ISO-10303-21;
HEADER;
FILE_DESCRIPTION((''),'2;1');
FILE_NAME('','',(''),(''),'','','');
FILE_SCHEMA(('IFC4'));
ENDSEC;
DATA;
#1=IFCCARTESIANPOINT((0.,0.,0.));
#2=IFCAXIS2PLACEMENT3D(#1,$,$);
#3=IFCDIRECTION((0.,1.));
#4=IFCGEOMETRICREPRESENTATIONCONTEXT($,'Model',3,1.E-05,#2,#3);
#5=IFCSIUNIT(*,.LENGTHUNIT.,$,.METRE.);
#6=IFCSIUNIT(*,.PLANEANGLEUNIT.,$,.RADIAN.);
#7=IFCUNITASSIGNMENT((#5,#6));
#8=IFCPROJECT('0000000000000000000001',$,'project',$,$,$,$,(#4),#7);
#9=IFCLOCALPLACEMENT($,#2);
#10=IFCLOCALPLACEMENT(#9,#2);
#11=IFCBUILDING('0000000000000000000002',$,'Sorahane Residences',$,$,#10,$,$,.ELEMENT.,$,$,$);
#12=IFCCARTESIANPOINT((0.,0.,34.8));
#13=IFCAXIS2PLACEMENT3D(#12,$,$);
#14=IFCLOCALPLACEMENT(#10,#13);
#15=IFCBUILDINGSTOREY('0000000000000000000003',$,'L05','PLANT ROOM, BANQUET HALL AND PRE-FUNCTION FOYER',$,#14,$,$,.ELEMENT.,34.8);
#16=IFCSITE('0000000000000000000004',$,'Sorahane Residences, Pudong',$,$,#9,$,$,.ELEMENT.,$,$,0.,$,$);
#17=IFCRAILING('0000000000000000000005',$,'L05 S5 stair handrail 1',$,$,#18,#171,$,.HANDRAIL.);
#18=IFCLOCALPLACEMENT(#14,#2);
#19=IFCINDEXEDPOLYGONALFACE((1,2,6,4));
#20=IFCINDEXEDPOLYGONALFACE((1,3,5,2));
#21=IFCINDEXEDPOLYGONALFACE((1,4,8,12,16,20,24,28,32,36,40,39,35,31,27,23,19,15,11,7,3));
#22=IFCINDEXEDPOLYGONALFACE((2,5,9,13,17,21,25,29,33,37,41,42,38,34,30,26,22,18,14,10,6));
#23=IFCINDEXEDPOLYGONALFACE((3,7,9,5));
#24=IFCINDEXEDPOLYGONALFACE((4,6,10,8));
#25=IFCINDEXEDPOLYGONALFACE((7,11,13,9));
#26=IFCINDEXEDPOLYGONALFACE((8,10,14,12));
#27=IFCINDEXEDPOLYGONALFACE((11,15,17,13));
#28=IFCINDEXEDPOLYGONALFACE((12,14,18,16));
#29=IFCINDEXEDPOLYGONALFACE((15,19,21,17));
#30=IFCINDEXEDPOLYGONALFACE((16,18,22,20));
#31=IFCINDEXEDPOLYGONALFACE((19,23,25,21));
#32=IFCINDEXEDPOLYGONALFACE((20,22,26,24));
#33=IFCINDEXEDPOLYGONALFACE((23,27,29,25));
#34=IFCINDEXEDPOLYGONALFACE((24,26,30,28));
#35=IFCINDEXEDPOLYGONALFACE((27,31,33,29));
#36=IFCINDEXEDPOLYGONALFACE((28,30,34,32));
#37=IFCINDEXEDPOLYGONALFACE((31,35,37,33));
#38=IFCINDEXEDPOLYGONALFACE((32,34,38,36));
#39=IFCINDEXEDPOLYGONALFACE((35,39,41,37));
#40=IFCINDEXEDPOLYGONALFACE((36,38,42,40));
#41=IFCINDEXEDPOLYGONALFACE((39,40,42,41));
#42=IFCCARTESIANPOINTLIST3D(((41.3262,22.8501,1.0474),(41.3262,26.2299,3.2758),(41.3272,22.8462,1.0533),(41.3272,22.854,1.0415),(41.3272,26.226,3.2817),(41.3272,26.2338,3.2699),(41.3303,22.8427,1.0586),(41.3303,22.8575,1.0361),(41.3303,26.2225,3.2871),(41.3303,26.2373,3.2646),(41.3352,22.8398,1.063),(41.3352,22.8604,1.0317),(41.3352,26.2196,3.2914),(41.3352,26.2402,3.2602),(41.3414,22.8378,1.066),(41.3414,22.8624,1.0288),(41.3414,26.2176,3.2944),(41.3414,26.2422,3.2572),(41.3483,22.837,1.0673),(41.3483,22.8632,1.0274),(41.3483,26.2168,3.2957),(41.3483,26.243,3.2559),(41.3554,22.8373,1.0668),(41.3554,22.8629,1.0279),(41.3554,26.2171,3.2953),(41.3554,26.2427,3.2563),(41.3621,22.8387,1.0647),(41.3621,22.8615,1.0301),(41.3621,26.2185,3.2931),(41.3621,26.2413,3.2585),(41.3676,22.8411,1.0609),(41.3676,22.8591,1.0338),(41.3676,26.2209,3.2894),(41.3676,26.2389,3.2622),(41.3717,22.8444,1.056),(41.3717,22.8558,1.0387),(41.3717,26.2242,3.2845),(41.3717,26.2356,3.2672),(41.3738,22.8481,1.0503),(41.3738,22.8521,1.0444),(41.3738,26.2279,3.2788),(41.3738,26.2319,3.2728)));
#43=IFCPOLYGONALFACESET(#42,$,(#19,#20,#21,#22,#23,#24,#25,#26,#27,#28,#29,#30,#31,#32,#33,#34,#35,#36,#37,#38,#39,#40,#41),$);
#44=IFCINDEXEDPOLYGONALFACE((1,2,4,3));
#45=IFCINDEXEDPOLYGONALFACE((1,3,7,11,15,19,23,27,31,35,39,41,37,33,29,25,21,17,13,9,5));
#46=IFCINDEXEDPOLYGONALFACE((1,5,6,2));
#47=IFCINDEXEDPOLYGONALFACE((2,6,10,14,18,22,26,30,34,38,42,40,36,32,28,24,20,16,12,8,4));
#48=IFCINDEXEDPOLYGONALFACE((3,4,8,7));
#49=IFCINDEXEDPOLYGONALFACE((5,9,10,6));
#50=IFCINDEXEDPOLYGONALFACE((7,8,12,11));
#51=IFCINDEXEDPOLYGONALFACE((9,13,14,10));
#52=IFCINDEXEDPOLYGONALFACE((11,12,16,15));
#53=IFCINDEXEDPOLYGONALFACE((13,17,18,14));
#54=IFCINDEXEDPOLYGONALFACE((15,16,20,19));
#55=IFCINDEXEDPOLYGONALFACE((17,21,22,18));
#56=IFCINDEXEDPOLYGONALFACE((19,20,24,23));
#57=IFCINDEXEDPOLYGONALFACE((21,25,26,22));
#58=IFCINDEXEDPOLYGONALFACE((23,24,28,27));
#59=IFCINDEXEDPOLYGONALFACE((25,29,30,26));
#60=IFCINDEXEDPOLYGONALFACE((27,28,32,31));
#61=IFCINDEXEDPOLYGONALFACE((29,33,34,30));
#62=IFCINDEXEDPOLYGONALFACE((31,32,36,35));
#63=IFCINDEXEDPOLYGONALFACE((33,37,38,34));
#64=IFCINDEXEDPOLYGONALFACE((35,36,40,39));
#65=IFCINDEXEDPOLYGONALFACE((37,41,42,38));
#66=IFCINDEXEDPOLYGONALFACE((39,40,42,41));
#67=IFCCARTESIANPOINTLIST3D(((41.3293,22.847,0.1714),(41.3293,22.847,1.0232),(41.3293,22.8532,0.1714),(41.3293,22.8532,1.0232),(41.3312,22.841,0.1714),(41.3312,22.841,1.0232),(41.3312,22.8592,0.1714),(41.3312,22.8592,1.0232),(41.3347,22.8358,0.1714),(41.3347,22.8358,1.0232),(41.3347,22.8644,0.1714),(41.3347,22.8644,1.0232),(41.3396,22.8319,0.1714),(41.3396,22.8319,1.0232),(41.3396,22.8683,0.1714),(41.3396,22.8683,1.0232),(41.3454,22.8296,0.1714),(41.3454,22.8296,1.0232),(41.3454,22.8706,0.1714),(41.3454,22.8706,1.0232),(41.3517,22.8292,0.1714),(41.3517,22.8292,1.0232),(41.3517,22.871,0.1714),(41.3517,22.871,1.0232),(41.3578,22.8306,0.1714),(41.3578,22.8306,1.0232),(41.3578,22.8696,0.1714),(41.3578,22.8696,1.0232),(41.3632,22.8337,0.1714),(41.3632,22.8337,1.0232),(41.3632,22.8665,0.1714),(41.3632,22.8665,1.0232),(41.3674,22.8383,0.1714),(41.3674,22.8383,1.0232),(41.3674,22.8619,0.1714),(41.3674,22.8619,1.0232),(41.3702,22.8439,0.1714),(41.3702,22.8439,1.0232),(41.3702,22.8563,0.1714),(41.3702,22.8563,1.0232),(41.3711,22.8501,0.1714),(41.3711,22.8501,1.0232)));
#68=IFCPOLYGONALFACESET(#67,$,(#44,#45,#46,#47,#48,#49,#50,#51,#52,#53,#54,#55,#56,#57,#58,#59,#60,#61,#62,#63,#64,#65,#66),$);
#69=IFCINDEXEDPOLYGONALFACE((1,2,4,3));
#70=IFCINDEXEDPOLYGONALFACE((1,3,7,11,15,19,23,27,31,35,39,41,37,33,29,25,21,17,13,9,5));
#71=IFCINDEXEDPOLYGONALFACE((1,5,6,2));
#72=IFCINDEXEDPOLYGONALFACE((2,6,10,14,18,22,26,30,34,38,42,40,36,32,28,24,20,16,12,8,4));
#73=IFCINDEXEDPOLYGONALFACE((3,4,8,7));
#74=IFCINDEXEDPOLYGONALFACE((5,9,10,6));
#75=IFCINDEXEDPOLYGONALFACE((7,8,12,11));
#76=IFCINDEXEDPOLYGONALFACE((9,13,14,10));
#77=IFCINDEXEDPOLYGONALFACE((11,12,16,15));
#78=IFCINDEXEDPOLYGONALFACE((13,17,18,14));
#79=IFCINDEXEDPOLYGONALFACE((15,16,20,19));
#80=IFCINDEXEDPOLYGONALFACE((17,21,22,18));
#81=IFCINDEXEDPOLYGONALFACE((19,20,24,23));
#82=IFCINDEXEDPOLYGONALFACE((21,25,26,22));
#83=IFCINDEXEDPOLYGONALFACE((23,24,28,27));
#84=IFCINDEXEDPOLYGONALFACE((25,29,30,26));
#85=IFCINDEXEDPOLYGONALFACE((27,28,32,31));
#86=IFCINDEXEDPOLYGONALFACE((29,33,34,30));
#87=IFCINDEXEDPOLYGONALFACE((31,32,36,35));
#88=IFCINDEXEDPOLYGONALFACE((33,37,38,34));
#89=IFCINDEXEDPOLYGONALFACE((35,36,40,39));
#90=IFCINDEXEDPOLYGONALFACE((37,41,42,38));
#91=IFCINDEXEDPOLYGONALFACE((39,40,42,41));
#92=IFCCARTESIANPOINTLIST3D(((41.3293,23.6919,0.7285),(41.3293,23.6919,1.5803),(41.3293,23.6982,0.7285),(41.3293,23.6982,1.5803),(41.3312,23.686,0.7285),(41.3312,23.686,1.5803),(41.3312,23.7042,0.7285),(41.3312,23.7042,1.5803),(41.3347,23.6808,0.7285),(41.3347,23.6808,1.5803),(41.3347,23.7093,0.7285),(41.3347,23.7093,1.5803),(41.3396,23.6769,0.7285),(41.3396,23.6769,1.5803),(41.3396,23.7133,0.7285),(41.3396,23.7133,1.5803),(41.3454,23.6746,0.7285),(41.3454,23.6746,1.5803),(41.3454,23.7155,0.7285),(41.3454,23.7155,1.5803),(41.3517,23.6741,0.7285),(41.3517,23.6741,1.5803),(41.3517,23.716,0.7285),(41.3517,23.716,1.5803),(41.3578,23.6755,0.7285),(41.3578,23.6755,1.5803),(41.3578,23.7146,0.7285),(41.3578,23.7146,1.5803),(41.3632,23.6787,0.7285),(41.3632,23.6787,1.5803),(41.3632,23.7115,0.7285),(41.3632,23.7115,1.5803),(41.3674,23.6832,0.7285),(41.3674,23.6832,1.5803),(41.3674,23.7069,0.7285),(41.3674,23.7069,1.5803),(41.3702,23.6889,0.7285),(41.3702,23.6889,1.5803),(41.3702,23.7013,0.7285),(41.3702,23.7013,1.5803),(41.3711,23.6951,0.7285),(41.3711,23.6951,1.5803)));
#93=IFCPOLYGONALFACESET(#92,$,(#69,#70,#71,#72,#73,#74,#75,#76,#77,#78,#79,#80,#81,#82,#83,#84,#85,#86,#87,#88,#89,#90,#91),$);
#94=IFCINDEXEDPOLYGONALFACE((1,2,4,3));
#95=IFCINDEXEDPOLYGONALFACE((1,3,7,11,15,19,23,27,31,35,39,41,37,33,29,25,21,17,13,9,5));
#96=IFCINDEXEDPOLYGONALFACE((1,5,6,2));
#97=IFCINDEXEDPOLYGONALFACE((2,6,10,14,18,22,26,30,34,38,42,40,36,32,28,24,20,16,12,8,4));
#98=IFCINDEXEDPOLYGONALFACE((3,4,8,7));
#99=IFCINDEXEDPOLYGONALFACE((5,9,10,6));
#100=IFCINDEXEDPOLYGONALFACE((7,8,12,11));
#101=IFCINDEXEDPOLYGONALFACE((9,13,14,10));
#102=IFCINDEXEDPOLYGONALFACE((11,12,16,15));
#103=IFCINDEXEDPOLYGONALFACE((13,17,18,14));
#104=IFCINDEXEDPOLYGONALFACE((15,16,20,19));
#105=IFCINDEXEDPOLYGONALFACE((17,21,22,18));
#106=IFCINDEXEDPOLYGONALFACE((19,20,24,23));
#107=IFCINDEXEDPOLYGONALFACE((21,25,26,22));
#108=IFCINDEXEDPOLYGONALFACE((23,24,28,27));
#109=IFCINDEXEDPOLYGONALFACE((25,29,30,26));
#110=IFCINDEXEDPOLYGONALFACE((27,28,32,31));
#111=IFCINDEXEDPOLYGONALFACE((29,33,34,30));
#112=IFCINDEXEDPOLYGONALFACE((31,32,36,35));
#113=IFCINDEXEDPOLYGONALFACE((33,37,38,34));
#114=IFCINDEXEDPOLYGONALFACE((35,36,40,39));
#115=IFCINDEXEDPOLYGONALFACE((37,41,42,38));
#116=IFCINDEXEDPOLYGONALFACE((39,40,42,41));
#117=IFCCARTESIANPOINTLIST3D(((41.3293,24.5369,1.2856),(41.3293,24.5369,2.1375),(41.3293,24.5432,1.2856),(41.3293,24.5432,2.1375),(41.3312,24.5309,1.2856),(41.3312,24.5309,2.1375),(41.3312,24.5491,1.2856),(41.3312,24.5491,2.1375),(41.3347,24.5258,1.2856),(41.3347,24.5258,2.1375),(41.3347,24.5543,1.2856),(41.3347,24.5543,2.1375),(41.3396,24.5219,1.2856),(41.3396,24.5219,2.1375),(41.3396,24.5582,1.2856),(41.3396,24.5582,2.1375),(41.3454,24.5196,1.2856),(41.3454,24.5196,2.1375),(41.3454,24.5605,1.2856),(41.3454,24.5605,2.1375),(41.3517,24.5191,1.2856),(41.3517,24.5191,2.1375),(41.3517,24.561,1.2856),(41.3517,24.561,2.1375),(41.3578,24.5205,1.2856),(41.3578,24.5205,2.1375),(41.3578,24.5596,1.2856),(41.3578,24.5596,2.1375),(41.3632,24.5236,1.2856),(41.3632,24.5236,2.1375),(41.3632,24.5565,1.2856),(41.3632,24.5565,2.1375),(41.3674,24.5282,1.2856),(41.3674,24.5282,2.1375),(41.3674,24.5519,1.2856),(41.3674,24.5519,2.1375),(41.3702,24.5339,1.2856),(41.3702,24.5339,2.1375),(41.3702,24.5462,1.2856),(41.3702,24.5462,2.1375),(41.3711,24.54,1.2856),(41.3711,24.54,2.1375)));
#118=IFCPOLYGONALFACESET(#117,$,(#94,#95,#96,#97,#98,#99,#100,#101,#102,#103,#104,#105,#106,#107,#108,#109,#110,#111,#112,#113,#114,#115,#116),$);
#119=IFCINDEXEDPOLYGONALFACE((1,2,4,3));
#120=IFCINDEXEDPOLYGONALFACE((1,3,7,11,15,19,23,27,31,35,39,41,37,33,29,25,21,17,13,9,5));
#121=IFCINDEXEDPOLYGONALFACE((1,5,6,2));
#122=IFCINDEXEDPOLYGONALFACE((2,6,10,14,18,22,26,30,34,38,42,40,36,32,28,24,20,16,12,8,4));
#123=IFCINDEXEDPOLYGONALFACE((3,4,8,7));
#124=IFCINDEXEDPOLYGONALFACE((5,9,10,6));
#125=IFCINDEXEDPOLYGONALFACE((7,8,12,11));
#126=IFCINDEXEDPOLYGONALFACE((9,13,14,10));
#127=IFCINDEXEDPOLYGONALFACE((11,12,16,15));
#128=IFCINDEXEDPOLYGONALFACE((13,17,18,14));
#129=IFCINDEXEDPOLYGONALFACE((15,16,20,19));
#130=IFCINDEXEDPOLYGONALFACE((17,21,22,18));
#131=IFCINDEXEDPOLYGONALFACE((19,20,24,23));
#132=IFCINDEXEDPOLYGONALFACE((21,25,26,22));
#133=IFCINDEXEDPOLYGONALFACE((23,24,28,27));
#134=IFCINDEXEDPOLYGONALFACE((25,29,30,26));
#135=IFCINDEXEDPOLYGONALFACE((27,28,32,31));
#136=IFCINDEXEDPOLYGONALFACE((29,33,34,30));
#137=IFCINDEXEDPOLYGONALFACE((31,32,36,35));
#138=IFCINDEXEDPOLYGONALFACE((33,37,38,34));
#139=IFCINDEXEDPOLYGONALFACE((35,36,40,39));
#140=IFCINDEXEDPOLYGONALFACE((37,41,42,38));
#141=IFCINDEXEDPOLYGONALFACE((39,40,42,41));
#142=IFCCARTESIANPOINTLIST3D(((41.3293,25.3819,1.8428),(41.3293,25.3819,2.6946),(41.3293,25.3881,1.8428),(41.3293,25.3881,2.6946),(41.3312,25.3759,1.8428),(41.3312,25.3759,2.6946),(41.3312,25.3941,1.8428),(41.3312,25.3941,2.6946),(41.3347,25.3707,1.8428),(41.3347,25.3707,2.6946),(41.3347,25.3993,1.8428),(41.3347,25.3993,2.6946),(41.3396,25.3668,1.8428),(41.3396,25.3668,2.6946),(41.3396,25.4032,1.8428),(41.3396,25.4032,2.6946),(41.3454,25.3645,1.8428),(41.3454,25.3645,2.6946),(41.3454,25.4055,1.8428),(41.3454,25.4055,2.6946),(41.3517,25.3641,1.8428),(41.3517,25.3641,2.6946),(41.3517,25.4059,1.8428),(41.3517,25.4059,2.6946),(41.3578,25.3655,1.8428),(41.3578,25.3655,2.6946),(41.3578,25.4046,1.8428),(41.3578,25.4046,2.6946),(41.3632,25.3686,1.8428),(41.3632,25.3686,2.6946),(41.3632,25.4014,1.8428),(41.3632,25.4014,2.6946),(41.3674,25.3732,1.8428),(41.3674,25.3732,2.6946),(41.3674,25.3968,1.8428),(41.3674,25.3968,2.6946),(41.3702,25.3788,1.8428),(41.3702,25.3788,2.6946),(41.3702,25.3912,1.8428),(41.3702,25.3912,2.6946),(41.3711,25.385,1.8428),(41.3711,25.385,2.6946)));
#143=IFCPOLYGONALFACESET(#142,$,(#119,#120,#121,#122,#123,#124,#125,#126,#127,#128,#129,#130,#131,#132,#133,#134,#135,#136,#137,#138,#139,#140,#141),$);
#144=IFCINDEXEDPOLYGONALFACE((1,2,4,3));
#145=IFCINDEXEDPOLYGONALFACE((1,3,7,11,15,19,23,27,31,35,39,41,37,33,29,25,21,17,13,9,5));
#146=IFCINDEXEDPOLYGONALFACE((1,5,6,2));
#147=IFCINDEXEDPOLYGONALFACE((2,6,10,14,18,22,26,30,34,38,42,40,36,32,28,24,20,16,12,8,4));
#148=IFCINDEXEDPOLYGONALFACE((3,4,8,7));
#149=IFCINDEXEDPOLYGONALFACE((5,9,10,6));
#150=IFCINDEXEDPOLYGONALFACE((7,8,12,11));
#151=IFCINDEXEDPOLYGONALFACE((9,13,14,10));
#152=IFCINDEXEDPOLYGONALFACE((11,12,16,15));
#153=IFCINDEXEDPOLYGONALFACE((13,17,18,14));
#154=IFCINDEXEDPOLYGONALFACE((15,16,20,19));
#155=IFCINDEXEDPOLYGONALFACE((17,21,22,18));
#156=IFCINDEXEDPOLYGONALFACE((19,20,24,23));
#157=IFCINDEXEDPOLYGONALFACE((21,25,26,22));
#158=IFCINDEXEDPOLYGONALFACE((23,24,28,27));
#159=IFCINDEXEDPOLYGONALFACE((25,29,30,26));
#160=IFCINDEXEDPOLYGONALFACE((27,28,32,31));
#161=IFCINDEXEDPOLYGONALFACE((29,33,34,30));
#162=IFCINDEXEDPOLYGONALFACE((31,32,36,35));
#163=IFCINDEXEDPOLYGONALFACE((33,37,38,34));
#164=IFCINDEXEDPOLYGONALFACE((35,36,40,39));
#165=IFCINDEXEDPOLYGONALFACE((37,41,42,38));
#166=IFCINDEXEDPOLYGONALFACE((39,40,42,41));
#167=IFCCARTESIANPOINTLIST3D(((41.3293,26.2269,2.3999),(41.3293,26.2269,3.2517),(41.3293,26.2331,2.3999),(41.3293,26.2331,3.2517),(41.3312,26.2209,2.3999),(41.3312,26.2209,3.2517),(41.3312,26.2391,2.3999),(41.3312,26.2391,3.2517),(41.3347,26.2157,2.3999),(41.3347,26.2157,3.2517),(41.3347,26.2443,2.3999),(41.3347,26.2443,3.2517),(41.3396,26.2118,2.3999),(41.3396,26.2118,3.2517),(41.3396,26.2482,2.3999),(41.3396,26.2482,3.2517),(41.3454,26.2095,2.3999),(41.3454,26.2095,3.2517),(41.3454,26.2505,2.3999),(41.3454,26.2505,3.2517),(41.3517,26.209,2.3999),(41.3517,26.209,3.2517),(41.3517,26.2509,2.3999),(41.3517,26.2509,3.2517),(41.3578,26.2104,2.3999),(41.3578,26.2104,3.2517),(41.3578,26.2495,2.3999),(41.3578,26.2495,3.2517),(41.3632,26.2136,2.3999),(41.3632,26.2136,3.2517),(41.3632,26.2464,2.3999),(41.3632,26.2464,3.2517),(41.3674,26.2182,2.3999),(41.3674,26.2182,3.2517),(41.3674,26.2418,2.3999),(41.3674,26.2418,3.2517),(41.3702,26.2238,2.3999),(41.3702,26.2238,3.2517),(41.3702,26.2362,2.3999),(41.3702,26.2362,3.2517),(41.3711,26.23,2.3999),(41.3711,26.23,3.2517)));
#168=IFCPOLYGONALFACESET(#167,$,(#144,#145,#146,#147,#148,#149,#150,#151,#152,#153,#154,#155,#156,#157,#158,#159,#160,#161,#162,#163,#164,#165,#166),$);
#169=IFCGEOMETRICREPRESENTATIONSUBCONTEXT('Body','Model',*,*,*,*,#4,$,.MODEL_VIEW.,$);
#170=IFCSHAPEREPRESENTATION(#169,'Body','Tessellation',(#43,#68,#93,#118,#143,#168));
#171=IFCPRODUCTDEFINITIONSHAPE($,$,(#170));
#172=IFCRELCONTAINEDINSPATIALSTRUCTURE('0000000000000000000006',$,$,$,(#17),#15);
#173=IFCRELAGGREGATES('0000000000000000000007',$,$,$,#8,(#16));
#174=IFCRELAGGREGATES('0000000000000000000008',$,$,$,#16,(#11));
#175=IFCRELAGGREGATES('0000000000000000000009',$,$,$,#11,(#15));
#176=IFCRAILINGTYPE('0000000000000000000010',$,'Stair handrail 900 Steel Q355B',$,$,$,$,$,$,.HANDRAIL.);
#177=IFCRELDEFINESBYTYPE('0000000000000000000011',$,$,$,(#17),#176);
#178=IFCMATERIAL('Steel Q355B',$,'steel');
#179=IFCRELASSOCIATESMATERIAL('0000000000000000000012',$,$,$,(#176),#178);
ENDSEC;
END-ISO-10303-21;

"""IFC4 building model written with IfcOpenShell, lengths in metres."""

from ifc_helpers import new_model, si_unit, direction, frame, origin, origin_2d, place, context, subcontext, project, spatial, circle, extrude, material, type_object, element, save


model = new_model("IFC4")

# Units and contexts
model_context = context("Model", 3, precision=1e-05, world=origin(), true_north=direction((0.0, 1.0)))
body_context = subcontext(model_context, "Body", "Model", "MODEL_VIEW")
ifc_project = project(units=[si_unit("LENGTHUNIT", "METRE"), si_unit("PLANEANGLEUNIT", "RADIAN")], contexts=[model_context])

# Site, building, storey
site_placement = place(None, origin())
site = spatial("IfcSite", under=ifc_project, at=site_placement, Name="Sorahane Residences, Pudong", CompositionType="ELEMENT", RefElevation=0.0)
building_placement = place(site_placement, origin())
building = spatial("IfcBuilding", under=site, at=building_placement, Name="Sorahane Residences", CompositionType="ELEMENT")
storey_placement = place(building_placement, frame((0.0, 0.0, 34.8)))
storey = spatial("IfcBuildingStorey", under=building, at=storey_placement, Name="L05", Description="PLANT ROOM, BANQUET HALL AND PRE-FUNCTION FOYER", CompositionType="ELEMENT", Elevation=34.8)

# Railing
ifc_material_1 = material(Name="Steel Q355B", Category="steel")
railing_type_1 = type_object("IfcRailingType", Name="Stair handrail 900 Steel Q355B", PredefinedType="HANDRAIL", material=ifc_material_1)
railing_1_placement = place(storey_placement, frame((41.3501, 22.8501, 0.1714)))
element("IfcRailing", 1, at=railing_1_placement, inside=storey, type_object=railing_type_1, Name="L05 S5 stair handrail 1", PredefinedType="HANDRAIL", context=body_context, shape_type="SweptSolid", body=[
    extrude(circle(Radius=0.0239, at=origin_2d()), frame((0.0, 0.0, 0.876), z_axis=(0.0, 0.83486, 0.550462), x_axis=(-1.0, 0.0, 0.0)), (0.0, 0.0, 1.0), 4.0483),
    extrude(circle(Radius=0.021, at=origin_2d()), origin(), (0.0, 0.0, 1.0), 0.8518),
    extrude(circle(Radius=0.021, at=origin_2d()), frame((0.0, 0.845, 0.5571)), (0.0, 0.0, 1.0), 0.8518),
    extrude(circle(Radius=0.021, at=origin_2d()), frame((0.0, 1.6899, 1.1143)), (0.0, 0.0, 1.0), 0.8518),
    extrude(circle(Radius=0.021, at=origin_2d()), frame((0.0, 2.5349, 1.6714)), (0.0, 0.0, 1.0), 0.8518),
    extrude(circle(Radius=0.021, at=origin_2d()), frame((0.0, 3.3799, 2.2285)), (0.0, 0.0, 1.0), 0.8518),
])

save(model, "model.ifc")
